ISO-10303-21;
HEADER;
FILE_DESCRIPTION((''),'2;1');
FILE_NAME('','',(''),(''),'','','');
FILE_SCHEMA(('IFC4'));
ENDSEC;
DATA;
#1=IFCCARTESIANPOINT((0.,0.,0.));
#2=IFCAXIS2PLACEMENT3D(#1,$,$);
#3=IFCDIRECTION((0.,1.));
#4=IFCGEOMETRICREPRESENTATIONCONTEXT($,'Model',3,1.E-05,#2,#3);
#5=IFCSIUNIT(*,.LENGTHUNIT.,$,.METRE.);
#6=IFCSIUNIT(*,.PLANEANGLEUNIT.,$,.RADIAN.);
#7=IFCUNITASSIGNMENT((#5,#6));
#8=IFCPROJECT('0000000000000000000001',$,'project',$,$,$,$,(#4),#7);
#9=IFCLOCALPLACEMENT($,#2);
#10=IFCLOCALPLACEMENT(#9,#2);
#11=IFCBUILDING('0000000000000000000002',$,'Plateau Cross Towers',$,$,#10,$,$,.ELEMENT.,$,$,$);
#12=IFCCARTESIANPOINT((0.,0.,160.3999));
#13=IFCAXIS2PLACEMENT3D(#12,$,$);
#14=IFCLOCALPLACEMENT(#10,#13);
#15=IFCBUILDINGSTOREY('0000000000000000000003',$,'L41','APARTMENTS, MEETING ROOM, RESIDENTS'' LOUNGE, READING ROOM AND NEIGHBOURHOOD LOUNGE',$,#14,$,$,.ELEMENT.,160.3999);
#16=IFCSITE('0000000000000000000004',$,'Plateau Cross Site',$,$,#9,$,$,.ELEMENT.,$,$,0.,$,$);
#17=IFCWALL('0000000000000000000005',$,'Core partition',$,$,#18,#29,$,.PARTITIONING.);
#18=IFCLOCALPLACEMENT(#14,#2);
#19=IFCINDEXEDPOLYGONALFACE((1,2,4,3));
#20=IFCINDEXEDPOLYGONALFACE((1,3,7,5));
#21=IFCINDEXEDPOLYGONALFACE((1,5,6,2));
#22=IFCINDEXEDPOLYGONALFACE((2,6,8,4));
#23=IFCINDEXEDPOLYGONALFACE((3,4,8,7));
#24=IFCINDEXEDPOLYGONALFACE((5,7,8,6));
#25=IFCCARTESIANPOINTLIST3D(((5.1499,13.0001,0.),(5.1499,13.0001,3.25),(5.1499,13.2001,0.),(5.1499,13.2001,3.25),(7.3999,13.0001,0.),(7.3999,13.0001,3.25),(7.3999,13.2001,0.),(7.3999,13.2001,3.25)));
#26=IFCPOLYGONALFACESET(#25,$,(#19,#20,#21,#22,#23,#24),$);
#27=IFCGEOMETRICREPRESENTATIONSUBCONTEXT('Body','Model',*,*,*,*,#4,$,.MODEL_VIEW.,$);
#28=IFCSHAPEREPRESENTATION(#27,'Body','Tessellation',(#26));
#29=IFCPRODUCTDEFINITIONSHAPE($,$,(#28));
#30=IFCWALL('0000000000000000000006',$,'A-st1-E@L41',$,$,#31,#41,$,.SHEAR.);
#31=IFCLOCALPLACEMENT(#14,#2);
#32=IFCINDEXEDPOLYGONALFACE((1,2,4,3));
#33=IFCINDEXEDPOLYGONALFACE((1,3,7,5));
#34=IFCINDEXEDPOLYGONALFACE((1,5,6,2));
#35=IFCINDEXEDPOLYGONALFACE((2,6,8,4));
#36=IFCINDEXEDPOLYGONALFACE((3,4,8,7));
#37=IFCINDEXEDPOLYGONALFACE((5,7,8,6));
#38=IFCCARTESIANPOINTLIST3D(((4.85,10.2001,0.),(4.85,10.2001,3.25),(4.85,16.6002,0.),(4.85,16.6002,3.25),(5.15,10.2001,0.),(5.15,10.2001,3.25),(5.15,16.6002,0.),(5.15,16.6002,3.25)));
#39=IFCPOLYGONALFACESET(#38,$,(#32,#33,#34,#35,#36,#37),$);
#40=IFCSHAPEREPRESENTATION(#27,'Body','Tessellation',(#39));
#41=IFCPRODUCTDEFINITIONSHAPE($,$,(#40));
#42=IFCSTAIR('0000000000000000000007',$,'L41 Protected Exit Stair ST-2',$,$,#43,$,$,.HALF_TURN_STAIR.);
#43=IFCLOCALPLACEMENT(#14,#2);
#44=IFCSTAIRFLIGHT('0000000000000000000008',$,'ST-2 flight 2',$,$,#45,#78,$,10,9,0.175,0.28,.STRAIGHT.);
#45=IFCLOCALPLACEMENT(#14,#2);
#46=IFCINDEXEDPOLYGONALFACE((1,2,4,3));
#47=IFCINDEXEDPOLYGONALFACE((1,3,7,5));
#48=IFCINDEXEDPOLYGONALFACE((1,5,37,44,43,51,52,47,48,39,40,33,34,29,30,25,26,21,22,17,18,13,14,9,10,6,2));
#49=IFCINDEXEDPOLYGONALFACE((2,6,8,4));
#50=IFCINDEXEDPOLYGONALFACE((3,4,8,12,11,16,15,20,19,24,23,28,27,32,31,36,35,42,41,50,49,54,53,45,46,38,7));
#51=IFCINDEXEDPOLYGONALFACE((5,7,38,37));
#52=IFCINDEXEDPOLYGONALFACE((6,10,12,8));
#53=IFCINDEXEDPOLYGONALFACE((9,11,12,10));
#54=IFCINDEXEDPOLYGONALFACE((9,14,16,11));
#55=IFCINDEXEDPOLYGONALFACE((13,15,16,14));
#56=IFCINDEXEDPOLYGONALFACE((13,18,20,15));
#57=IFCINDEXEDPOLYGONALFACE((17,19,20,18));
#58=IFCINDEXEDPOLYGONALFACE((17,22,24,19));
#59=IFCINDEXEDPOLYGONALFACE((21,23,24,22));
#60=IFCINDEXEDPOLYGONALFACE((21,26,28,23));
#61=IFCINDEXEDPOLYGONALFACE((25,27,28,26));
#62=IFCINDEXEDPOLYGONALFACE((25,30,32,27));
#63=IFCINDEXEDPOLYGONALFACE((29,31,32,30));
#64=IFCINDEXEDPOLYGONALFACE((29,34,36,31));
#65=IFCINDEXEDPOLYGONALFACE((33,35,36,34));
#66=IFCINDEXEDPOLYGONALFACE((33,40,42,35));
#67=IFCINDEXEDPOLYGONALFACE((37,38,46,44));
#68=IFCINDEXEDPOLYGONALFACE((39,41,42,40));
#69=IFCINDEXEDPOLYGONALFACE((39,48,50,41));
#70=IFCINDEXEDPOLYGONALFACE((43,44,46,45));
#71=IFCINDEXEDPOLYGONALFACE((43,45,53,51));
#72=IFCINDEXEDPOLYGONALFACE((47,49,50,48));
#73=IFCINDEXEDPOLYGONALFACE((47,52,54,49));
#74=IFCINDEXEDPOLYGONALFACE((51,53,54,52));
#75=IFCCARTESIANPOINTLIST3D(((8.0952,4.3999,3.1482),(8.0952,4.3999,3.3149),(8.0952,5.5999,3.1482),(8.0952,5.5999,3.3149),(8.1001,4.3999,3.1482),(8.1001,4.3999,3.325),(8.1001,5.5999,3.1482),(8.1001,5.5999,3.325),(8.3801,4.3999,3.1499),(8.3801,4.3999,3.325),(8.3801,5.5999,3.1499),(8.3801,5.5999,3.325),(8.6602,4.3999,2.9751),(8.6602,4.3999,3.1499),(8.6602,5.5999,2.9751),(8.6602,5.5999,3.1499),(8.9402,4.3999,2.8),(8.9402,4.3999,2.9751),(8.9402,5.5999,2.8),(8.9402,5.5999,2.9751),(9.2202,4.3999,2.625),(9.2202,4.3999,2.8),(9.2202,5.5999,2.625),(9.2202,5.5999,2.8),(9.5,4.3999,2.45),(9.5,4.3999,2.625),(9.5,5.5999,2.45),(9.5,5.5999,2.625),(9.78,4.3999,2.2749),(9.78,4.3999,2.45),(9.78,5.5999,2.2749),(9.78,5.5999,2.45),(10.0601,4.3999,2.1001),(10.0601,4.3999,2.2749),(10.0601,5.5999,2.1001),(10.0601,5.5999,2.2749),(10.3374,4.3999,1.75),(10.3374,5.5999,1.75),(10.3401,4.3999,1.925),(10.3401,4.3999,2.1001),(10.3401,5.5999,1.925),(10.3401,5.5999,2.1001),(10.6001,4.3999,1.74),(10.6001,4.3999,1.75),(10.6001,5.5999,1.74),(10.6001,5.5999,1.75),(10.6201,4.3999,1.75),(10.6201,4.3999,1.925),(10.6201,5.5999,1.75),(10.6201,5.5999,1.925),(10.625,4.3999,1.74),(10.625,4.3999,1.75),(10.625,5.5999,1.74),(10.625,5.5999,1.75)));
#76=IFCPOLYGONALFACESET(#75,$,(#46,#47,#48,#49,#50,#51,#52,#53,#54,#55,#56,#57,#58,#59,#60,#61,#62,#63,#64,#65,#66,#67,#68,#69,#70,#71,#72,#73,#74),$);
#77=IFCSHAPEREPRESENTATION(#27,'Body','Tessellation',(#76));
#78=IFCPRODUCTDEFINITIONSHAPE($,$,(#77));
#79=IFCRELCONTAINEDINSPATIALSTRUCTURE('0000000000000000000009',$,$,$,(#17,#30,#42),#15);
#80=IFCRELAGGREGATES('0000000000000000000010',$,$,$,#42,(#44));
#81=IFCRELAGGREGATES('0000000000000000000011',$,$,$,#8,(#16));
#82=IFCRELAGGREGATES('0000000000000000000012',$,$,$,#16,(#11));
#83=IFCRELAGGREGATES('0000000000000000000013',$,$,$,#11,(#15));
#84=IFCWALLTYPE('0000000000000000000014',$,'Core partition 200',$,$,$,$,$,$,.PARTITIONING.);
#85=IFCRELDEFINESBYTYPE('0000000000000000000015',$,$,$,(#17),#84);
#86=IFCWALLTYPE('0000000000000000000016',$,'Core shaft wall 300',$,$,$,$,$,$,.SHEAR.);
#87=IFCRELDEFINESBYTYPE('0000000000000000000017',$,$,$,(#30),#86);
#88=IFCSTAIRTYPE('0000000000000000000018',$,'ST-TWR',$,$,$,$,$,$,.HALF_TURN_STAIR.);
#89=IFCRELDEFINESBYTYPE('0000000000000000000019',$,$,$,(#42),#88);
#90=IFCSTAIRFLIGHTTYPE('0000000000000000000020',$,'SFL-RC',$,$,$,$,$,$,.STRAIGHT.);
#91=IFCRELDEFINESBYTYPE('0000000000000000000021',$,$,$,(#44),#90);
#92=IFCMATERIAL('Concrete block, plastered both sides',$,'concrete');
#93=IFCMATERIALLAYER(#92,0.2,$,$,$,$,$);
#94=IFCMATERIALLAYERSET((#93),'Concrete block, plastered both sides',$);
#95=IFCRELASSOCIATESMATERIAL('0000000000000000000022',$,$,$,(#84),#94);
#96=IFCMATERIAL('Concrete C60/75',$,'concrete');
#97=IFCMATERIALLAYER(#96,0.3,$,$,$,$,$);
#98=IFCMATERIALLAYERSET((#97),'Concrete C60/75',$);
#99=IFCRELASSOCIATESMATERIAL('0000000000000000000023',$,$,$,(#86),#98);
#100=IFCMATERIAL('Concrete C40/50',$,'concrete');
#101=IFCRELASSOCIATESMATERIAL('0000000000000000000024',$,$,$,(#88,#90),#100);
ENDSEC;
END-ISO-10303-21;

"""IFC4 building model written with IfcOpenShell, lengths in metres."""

from ifc_helpers import new_model, si_unit, direction, frame, frame_2d, origin, place, context, subcontext, project, spatial, polyline, rectangle, outline, extrude, material, layer, layer_set, type_object, element, aggregate, save


model = new_model("IFC4")

# Units and contexts
model_context = context("Model", 3, precision=1e-05, world=origin(), true_north=direction((0.0, 1.0)))
body_context = subcontext(model_context, "Body", "Model", "MODEL_VIEW")
ifc_project = project(units=[si_unit("LENGTHUNIT", "METRE"), si_unit("PLANEANGLEUNIT", "RADIAN")], contexts=[model_context])

# Site, building, storey
site_placement = place(None, origin())
site = spatial("IfcSite", under=ifc_project, at=site_placement, Name="Plateau Cross Site", CompositionType="ELEMENT", RefElevation=0.0)
building_placement = place(site_placement, origin())
building = spatial("IfcBuilding", under=site, at=building_placement, Name="Plateau Cross Towers", CompositionType="ELEMENT")
storey_placement = place(building_placement, frame((0.0, 0.0, 160.3999)))
storey = spatial("IfcBuildingStorey", under=building, at=storey_placement, Name="L41", Description="APARTMENTS, MEETING ROOM, RESIDENTS' LOUNGE, READING ROOM AND NEIGHBOURHOOD LOUNGE", CompositionType="ELEMENT", Elevation=160.3999)

# Shared definitions
ifc_material_1 = material(Name="Concrete block, plastered both sides", Category="concrete")
ifc_layer_1 = layer(ifc_material_1, 0.2)
ifc_layer_set_1 = layer_set([ifc_layer_1], Name="Concrete block, plastered both sides")
wall_type_1 = type_object("IfcWallType", Name="Core partition 200", PredefinedType="PARTITIONING", material=ifc_layer_set_1)

# Walls
wall_1_placement = place(storey_placement, frame((5.1499, 13.1001, 0.0), z_axis=(0.0, 0.0, 1.0), x_axis=(1.0, 0.0, 0.0)))
element("IfcWall", 1, at=wall_1_placement, inside=storey, type_object=wall_type_1, Name="Core partition", PredefinedType="PARTITIONING", context=body_context, shape_type="SweptSolid", body=[
    extrude(rectangle(XDim=2.25, YDim=0.2, at=frame_2d((1.125, 0.0))), origin(), (0.0, 0.0, 1.0), 3.25),
])
ifc_material_2 = material(Name="Concrete C60/75", Category="concrete")
ifc_layer_2 = layer(ifc_material_2, 0.3)
ifc_layer_set_2 = layer_set([ifc_layer_2], Name="Concrete C60/75")
wall_type_2 = type_object("IfcWallType", Name="Core shaft wall 300", PredefinedType="SHEAR", material=ifc_layer_set_2)
wall_2_placement = place(storey_placement, frame((5.0, 10.2, 0.0), z_axis=(0.0, 0.0, 1.0), x_axis=(0.0, 1.0, 0.0)))
element("IfcWall", 2, at=wall_2_placement, inside=storey, type_object=wall_type_2, Name="A-st1-E@L41", PredefinedType="SHEAR", context=body_context, shape_type="SweptSolid", body=[
    extrude(rectangle(XDim=6.4001, YDim=0.3, at=frame_2d((3.2002, 0.0))), origin(), (0.0, 0.0, 1.0), 3.25),
])

# Stair, stair flight
ifc_material_3 = material(Name="Concrete C40/50", Category="concrete")
stair_type = type_object("IfcStairType", Name="ST-TWR", PredefinedType="HALF_TURN_STAIR", material=ifc_material_3)
stair_placement = place(storey_placement, origin())
stair = element("IfcStair", 3, at=stair_placement, inside=storey, type_object=stair_type, Name="L41 Protected Exit Stair ST-2", PredefinedType="HALF_TURN_STAIR")
stair_flight_type = type_object("IfcStairFlightType", Name="SFL-RC", PredefinedType="STRAIGHT", material=ifc_material_3)
stair_flight_placement = place(storey_placement, frame((10.6201, 5.0, 1.75), z_axis=(0.0, 0.0, 1.0), x_axis=(-1.0, 0.0, 0.0)))
stair_flight = element("IfcStairFlight", 4, at=stair_flight_placement, type_object=stair_flight_type, Name="ST-2 flight 2", NumberOfRisers=10, NumberOfTreads=9, PredefinedType="STRAIGHT", RiserHeight=0.175, TreadLength=0.28, context=body_context, shape_type="SweptSolid", body=[
    extrude(outline(polyline([(-0.0049, -0.01), (-0.0049, 0.0), (0.0, 0.0), (0.0, 0.175), (0.28, 0.175), (0.28, 0.3501), (0.5601, 0.3501), (0.5601, 0.5249), (0.8401, 0.5249), (0.8401, 0.7), (1.1201, 0.7), (1.1201, 0.875), (1.3999, 0.875), (1.3999, 1.05), (1.6799, 1.05), (1.6799, 1.2251), (1.96, 1.2251), (1.96, 1.3999), (2.24, 1.3999), (2.24, 1.575), (2.52, 1.575), (2.5249, 1.5649), (2.5249, 1.3982), (2.52, 1.3982), (0.2827, 0.0), (0.02, 0.0), (0.02, -0.01), (-0.0049, -0.01)])), frame((0.0, 0.6001, 0.0), z_axis=(0.0, -1.0, 0.0), x_axis=(1.0, 0.0, 0.0)), (0.0, 0.0, 1.0), 1.2),
])
aggregate(stair, [stair_flight])

save(model, "model.ifc")
